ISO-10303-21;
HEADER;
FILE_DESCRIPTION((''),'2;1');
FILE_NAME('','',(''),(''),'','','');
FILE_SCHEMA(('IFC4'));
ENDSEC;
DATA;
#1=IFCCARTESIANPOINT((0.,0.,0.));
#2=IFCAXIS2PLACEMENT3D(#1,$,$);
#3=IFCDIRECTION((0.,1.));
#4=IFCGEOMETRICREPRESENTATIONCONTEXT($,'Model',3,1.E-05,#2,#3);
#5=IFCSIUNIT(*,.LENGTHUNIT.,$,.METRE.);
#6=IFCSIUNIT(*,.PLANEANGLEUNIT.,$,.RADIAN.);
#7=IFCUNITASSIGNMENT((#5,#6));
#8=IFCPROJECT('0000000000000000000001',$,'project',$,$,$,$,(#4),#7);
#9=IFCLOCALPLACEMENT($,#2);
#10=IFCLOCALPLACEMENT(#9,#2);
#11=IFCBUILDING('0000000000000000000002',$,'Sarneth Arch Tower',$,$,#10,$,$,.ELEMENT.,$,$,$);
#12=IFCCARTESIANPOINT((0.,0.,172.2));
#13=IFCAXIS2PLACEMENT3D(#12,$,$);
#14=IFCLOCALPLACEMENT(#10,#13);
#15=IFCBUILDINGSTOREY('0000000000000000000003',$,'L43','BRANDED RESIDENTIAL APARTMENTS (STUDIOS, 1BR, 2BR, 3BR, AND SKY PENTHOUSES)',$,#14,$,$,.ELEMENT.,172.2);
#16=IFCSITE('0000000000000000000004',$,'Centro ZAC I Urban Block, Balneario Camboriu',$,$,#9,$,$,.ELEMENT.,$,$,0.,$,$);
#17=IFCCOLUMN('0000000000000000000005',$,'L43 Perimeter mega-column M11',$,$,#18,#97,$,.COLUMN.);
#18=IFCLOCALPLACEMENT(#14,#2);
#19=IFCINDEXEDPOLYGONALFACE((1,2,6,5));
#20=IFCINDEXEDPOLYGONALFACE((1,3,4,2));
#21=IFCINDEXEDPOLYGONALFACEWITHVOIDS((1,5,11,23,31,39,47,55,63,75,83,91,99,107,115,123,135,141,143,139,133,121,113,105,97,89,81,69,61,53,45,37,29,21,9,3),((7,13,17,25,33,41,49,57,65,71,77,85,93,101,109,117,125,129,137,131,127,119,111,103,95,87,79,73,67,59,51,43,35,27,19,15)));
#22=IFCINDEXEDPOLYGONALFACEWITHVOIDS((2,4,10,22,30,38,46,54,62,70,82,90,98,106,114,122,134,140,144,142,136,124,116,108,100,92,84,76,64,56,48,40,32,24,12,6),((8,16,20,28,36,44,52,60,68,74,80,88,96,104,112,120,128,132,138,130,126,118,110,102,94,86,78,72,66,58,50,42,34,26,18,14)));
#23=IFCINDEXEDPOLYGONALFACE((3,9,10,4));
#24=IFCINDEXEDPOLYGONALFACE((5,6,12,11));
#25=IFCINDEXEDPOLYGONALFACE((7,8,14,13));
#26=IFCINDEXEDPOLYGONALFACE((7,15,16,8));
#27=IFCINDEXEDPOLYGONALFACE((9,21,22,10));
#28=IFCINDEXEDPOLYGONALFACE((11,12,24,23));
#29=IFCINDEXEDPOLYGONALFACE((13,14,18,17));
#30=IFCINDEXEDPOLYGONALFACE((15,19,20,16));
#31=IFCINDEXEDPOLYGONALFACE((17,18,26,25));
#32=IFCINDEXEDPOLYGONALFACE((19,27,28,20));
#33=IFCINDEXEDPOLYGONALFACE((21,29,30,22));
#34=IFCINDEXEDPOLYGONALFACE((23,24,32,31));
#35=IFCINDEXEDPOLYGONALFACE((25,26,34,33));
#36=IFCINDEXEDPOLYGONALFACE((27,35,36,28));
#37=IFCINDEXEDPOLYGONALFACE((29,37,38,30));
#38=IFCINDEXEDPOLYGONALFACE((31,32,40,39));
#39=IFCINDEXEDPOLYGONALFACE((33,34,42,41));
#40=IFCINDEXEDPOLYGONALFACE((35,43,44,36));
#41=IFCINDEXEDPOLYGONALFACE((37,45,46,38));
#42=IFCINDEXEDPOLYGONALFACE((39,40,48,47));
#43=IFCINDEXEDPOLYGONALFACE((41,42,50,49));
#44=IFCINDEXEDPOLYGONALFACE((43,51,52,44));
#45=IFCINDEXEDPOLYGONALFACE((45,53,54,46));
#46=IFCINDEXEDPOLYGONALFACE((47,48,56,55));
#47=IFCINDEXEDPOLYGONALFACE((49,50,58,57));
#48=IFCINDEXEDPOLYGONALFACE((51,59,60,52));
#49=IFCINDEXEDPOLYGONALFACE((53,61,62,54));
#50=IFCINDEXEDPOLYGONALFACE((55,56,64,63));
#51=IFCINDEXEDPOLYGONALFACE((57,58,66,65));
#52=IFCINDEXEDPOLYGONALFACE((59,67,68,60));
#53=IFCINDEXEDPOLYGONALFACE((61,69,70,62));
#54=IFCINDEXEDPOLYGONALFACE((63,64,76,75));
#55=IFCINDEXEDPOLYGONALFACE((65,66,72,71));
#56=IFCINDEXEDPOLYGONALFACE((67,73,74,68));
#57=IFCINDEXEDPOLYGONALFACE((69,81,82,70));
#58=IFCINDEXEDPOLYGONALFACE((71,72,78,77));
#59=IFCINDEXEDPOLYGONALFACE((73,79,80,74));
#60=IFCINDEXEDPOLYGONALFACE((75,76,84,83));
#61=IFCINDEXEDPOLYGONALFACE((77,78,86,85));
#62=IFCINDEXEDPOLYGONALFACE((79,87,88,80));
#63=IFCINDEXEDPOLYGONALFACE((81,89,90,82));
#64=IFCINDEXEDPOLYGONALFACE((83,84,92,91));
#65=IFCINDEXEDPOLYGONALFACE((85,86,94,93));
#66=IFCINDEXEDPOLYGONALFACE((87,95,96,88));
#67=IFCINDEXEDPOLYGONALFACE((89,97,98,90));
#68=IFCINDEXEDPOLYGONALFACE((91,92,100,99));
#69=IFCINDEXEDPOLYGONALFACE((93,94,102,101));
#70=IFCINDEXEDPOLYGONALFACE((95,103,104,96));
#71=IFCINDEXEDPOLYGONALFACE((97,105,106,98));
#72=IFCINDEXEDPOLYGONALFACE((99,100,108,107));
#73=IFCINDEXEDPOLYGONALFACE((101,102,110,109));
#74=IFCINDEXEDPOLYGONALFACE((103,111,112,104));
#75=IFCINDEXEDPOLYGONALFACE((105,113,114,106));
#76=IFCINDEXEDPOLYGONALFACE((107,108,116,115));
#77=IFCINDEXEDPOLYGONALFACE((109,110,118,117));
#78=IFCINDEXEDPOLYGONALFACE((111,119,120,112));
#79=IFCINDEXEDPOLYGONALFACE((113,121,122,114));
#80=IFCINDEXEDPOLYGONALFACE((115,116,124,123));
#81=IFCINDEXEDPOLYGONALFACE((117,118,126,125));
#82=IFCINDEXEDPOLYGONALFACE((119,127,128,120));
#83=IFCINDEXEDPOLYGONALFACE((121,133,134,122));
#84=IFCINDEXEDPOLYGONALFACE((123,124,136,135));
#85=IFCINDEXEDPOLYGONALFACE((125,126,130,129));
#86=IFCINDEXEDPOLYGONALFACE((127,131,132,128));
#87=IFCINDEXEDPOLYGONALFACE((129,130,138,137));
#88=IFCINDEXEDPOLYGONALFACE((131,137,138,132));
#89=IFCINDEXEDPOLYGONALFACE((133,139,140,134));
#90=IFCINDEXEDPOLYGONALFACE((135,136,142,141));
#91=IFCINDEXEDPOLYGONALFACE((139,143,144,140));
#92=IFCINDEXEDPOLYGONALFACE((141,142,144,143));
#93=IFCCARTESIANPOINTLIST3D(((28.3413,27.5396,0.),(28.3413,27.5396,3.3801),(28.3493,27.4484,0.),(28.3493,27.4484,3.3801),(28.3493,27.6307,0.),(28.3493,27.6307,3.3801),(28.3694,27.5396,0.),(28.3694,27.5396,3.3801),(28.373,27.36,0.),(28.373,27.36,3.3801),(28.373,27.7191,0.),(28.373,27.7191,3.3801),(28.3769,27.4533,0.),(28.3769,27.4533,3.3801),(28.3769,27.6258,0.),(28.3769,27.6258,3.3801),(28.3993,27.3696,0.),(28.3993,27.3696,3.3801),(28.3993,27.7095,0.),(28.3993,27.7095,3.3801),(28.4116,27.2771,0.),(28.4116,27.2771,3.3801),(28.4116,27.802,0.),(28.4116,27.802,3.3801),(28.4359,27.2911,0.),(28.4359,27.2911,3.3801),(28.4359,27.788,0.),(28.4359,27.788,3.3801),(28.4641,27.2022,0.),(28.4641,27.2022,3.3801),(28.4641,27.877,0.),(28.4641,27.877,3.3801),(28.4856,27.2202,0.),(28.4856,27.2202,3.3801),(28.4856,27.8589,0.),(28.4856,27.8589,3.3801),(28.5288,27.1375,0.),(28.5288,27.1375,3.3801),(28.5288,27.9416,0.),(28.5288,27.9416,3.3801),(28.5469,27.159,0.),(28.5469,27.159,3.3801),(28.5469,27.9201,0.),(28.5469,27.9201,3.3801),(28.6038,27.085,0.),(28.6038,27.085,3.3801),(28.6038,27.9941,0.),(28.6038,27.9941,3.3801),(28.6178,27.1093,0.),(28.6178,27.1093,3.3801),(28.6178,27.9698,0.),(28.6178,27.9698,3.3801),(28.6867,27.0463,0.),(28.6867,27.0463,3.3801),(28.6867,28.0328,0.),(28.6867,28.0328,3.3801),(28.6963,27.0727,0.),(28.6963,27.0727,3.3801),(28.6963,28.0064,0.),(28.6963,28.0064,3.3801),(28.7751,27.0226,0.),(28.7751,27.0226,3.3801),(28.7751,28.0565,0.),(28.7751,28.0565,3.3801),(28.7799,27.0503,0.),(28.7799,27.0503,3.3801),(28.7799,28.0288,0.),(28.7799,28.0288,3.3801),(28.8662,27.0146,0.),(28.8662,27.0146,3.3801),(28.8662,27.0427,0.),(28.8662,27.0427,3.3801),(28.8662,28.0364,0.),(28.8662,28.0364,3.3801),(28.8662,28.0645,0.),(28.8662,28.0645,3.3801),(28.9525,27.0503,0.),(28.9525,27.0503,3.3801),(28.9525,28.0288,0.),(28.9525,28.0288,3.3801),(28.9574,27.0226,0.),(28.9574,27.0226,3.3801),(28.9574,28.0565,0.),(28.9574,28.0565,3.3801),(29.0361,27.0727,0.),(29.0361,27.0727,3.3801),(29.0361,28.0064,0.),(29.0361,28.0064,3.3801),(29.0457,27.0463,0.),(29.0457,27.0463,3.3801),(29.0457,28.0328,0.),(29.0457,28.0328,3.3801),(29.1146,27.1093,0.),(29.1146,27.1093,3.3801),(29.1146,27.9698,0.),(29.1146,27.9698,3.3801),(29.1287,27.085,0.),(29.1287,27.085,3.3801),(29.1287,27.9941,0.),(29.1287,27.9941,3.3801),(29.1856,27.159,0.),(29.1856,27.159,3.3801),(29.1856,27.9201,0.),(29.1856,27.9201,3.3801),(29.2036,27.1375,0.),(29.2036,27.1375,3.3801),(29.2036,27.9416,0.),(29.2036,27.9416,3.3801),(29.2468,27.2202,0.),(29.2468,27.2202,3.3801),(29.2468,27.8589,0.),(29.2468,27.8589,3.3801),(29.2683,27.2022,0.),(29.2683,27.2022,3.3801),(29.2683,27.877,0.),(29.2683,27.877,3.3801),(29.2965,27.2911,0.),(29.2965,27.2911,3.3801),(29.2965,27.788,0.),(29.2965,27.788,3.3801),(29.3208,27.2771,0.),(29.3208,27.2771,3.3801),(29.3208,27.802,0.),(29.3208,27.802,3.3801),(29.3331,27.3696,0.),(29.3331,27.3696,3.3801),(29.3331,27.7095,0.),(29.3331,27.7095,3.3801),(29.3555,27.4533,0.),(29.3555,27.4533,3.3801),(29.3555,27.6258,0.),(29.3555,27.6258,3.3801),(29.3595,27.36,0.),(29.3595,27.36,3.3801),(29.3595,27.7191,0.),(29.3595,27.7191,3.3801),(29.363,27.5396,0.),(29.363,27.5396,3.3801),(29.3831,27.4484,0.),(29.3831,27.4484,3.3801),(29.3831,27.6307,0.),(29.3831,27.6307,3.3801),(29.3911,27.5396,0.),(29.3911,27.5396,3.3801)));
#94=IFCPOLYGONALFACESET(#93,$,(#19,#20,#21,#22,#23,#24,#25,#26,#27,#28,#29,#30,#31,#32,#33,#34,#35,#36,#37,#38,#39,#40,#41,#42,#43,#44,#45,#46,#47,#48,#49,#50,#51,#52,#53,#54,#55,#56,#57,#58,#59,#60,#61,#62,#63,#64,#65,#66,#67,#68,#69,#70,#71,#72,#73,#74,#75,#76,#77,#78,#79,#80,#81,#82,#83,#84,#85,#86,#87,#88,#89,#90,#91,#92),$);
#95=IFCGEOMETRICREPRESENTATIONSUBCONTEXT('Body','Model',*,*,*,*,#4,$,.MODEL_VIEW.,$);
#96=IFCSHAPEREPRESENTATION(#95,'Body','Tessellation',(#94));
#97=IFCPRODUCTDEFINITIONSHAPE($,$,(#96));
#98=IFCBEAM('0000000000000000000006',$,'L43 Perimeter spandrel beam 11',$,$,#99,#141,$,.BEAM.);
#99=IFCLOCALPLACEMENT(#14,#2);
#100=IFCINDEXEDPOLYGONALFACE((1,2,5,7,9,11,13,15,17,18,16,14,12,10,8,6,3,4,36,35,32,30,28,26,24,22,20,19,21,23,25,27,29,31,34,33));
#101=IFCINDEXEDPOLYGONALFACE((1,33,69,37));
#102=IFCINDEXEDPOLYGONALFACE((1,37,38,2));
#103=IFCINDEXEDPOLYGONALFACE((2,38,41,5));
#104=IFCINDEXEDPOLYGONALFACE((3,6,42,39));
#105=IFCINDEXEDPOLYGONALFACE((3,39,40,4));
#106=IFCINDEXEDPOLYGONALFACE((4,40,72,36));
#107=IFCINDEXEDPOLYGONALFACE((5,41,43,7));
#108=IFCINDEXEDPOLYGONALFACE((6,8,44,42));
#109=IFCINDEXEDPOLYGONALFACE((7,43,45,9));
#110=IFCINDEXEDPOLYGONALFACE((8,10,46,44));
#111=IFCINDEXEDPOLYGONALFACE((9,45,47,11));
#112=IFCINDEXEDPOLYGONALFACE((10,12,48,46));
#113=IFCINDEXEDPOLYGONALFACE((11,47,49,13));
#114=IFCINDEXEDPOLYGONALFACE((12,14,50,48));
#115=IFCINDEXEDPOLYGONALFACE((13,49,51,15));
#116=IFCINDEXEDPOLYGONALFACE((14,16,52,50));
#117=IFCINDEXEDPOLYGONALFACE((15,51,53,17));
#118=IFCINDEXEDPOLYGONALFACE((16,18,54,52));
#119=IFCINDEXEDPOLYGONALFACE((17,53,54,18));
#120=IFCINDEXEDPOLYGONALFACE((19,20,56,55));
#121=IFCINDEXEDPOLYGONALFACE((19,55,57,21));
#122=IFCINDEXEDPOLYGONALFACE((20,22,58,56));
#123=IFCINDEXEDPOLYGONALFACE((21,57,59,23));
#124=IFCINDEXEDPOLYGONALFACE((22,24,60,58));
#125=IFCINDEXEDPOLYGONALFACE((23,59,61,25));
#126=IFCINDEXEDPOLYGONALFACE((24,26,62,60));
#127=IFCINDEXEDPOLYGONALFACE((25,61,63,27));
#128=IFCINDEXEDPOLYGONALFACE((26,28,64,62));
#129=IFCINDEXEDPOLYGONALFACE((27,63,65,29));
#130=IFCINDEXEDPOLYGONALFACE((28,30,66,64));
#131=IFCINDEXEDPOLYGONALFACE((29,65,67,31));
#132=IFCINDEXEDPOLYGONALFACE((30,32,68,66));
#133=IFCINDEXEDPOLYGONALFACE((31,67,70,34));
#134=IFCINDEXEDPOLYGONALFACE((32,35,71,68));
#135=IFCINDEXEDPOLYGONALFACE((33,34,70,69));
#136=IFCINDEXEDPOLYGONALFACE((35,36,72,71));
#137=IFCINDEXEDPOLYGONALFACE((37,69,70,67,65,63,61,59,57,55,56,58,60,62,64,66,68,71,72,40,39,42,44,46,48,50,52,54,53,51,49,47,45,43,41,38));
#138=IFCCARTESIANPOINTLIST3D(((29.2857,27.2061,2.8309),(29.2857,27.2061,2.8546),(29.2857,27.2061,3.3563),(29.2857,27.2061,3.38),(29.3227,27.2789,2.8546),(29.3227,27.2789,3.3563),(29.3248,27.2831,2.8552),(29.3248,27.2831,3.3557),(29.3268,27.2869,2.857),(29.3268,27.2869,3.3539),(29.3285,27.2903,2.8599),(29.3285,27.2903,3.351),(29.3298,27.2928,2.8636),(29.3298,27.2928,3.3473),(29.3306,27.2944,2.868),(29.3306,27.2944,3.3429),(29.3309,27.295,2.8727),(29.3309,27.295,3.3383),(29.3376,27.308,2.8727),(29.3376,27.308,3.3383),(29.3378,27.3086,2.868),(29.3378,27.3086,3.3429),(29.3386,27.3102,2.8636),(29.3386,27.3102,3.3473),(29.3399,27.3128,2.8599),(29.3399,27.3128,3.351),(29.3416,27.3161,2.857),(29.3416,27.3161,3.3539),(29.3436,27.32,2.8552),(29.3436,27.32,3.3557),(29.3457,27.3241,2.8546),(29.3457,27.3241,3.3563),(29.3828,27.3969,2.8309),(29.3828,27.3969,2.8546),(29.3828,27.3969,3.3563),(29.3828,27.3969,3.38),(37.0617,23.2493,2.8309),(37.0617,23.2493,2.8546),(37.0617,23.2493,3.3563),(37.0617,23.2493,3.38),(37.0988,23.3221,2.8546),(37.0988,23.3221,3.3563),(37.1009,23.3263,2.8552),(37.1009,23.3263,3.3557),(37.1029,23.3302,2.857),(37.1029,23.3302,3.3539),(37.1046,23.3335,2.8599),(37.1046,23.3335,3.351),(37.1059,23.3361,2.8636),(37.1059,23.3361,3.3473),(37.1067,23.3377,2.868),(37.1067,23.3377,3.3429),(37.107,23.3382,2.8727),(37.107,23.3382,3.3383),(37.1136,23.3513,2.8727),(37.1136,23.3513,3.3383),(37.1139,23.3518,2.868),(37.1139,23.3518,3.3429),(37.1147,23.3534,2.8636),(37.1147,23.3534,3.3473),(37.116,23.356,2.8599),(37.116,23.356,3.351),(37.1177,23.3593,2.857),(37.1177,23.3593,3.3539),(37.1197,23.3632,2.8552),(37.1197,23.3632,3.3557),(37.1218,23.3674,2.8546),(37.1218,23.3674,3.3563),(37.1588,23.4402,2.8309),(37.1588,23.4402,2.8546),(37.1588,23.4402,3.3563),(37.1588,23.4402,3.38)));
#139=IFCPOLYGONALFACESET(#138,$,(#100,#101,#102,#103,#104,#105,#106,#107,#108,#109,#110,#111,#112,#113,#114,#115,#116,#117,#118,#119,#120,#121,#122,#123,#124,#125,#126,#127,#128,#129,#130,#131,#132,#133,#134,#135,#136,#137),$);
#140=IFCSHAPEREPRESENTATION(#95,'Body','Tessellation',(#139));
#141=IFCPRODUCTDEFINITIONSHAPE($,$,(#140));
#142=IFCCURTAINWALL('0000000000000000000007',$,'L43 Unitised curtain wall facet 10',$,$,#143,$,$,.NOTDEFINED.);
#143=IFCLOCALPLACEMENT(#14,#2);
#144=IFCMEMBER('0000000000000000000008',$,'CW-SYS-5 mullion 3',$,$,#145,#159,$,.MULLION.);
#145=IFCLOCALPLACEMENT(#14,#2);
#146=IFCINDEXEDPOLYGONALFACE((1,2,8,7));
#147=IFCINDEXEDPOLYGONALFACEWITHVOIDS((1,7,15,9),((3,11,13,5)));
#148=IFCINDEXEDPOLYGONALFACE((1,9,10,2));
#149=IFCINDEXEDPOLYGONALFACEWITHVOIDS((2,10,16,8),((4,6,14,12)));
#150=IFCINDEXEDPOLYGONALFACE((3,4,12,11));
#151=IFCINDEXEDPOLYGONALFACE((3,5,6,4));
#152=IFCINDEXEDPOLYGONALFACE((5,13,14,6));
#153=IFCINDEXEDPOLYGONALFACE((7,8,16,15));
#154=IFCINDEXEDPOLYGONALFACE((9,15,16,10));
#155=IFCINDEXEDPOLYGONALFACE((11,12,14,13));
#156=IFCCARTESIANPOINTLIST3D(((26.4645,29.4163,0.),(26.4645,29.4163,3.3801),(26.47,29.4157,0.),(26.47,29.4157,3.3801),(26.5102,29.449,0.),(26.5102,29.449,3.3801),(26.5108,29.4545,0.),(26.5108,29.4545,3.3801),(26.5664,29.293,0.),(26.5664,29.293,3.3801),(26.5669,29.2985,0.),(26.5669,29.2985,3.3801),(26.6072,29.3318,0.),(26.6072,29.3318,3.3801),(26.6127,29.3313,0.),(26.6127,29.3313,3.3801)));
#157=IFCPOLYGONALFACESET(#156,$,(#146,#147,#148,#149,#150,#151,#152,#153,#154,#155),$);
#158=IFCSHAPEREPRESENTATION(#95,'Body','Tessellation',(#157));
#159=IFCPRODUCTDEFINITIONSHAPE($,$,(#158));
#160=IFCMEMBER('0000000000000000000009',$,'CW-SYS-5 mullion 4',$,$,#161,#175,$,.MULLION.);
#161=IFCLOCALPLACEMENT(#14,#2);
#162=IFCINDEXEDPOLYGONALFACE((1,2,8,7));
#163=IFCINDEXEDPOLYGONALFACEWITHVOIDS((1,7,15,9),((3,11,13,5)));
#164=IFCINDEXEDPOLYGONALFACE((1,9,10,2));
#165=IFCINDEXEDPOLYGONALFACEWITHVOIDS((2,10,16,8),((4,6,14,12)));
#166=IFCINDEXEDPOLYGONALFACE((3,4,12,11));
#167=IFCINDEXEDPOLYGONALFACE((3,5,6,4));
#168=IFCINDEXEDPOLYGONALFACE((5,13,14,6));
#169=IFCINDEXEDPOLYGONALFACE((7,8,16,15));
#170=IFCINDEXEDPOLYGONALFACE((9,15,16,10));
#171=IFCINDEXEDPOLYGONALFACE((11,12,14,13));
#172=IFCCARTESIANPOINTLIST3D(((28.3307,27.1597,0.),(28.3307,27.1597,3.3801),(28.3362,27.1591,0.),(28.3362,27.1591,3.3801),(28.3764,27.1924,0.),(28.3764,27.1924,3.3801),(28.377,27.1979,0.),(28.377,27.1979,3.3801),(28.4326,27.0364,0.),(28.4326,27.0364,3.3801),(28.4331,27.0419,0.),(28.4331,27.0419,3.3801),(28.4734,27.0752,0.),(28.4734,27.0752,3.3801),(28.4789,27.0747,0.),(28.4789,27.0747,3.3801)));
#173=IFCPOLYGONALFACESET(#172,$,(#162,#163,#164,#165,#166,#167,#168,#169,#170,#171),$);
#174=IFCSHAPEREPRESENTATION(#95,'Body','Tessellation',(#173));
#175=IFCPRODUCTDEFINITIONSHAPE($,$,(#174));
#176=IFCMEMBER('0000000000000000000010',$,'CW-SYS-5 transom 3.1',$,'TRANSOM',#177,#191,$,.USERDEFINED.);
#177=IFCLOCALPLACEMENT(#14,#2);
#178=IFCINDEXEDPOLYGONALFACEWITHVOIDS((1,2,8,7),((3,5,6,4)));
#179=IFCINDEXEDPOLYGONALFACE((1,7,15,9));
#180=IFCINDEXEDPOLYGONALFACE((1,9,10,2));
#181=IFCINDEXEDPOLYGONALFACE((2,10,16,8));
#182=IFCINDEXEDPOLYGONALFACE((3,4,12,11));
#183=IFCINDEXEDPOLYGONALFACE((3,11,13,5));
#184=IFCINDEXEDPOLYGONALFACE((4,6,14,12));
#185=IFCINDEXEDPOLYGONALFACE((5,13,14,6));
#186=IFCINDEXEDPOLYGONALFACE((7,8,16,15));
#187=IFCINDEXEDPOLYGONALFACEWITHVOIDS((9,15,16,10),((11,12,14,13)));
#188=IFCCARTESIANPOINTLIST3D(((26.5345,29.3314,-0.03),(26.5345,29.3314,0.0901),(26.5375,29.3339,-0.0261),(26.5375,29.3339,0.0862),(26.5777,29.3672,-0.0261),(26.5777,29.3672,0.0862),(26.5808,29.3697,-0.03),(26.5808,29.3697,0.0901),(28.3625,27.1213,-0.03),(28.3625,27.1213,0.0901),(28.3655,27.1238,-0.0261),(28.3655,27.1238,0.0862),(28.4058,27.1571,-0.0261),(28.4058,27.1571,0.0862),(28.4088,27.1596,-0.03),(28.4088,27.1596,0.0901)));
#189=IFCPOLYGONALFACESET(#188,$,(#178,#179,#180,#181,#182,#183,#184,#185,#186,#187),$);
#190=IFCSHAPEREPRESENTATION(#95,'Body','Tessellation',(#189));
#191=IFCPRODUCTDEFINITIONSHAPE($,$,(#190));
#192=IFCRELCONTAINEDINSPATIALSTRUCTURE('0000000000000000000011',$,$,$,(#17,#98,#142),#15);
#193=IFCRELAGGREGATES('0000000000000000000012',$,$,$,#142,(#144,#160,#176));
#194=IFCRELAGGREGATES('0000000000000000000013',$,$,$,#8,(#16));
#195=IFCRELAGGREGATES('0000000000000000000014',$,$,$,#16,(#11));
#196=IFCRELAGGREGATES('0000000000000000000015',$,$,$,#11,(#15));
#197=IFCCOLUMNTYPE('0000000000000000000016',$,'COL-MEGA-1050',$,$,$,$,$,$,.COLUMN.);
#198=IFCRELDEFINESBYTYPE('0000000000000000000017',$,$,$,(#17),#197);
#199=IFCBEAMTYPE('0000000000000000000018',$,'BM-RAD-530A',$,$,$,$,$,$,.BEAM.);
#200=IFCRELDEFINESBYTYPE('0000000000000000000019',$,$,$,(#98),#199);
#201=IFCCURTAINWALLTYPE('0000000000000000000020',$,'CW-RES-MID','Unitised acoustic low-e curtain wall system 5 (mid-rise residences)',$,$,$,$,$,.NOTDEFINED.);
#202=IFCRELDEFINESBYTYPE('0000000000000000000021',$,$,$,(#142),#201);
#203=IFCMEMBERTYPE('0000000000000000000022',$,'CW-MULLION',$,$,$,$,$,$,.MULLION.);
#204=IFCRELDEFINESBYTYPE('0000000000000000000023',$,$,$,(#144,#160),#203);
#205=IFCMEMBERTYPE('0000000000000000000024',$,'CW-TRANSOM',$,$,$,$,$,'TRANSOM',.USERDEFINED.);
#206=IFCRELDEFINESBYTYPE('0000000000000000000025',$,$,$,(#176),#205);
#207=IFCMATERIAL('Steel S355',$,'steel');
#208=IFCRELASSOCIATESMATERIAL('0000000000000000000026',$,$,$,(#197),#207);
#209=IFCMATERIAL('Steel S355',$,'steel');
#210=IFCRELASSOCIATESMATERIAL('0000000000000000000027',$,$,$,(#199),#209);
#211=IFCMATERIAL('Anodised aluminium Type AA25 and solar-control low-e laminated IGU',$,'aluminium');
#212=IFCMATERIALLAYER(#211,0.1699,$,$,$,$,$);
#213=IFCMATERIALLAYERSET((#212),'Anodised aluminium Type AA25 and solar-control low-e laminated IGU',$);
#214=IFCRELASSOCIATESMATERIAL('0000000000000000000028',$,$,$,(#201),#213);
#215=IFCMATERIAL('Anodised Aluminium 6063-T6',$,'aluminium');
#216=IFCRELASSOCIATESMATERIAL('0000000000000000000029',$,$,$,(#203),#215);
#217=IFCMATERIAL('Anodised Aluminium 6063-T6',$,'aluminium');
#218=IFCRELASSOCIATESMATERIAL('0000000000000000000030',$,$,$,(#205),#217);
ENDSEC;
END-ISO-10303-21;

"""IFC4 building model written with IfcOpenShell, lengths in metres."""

from ifc_helpers import new_model, si_unit, direction, frame, origin, origin_2d, place, context, subcontext, project, spatial, hollow_rectangle, hollow_circle, i_section, extrude, material, layer, layer_set, material_profile, profile_set, type_object, element, aggregate, save


model = new_model("IFC4")

# Units and contexts
model_context = context("Model", 3, precision=1e-05, world=origin(), true_north=direction((0.0, 1.0)))
body_context = subcontext(model_context, "Body", "Model", "MODEL_VIEW")
ifc_project = project(units=[si_unit("LENGTHUNIT", "METRE"), si_unit("PLANEANGLEUNIT", "RADIAN")], contexts=[model_context])

# Site, building, storey
site_placement = place(None, origin())
site = spatial("IfcSite", under=ifc_project, at=site_placement, Name="Centro ZAC I Urban Block, Balneario Camboriu", CompositionType="ELEMENT", RefElevation=0.0)
building_placement = place(site_placement, origin())
building = spatial("IfcBuilding", under=site, at=building_placement, Name="Sarneth Arch Tower", CompositionType="ELEMENT")
storey_placement = place(building_placement, frame((0.0, 0.0, 172.2)))
storey = spatial("IfcBuildingStorey", under=building, at=storey_placement, Name="L43", Description="BRANDED RESIDENTIAL APARTMENTS (STUDIOS, 1BR, 2BR, 3BR, AND SKY PENTHOUSES)", CompositionType="ELEMENT", Elevation=172.2)

# Column
ifc_material_1 = material(Name="Steel S355", Category="steel")
ifc_material_profile_1 = material_profile(ifc_material_1, hollow_circle(Radius=0.5249, WallThickness=0.0281, at=origin_2d()), Name="CHS1050x28")
ifc_profile_set_1 = profile_set([ifc_material_profile_1], Name="Steel S355")
column_type = type_object("IfcColumnType", Name="COL-MEGA-1050", PredefinedType="COLUMN", material=ifc_profile_set_1)
column_placement = place(storey_placement, frame((28.8662, 27.5396, 0.0), z_axis=(0.0, 0.0, 1.0), x_axis=(1.0, 0.0, 0.0)))
element("IfcColumn", 1, at=column_placement, inside=storey, type_object=column_type, Name="L43 Perimeter mega-column M11", PredefinedType="COLUMN", context=body_context, shape_type="SweptSolid", body=[
    extrude(hollow_circle(Radius=0.5249, WallThickness=0.0281, at=origin_2d()), origin(), (0.0, 0.0, 1.0), 3.3801),
])

# Beam
ifc_material_2 = material(Name="Steel S355", Category="steel")
ifc_material_profile_2 = material_profile(ifc_material_2, i_section(OverallWidth=0.2141, OverallDepth=0.5491, WebThickness=0.0146, FlangeThickness=0.0237, FilletRadius=0.0181, at=origin_2d()), Name="W530x138")
ifc_profile_set_2 = profile_set([ifc_material_profile_2], Name="Steel S355")
beam_type = type_object("IfcBeamType", Name="BM-RAD-530A", PredefinedType="BEAM", material=ifc_profile_set_2)
beam_placement = place(storey_placement, frame((29.3342, 27.3015, 3.1055), z_axis=(0.891254, -0.453504, 0.0), x_axis=(0.453504, 0.891254, 0.0)))
element("IfcBeam", 2, at=beam_placement, inside=storey, type_object=beam_type, Name="L43 Perimeter spandrel beam 11", PredefinedType="BEAM", context=body_context, shape_type="SweptSolid", body=[
    extrude(i_section(OverallWidth=0.2141, OverallDepth=0.5491, WebThickness=0.0146, FlangeThickness=0.0237, FilletRadius=0.0181, at=origin_2d()), origin(), (0.0, 0.0, 1.0), 8.7249),
])

# Curtain wall, members
ifc_material_3 = material(Name="Anodised aluminium Type AA25 and solar-control low-e laminated IGU", Category="aluminium")
ifc_layer_1 = layer(ifc_material_3, 0.1699)
ifc_layer_set_1 = layer_set([ifc_layer_1], Name="Anodised aluminium Type AA25 and solar-control low-e laminated IGU")
curtain_wall_type = type_object("IfcCurtainWallType", Name="CW-RES-MID", Description="Unitised acoustic low-e curtain wall system 5 (mid-rise residences)", PredefinedType="NOTDEFINED", material=ifc_layer_set_1)
curtain_wall_placement = place(storey_placement, origin())
curtain_wall = element("IfcCurtainWall", 3, at=curtain_wall_placement, inside=storey, type_object=curtain_wall_type, Name="L43 Unitised curtain wall facet 10", PredefinedType="NOTDEFINED")
ifc_material_4 = material(Name="Anodised Aluminium 6063-T6", Category="aluminium")
ifc_material_profile_3 = material_profile(ifc_material_4, hollow_rectangle(XDim=0.0601, YDim=0.1599, WallThickness=0.0039, at=origin_2d()), Name="AL-MULL-160x60x4")
ifc_profile_set_3 = profile_set([ifc_material_profile_3], Name="Anodised Aluminium 6063-T6")
member_type_1 = type_object("IfcMemberType", Name="CW-MULLION", PredefinedType="MULLION", material=ifc_profile_set_3)
member_1_placement = place(storey_placement, frame((26.5386, 29.3738, 0.0), z_axis=(0.0, 0.0, 1.0), x_axis=(0.770591, 0.63733, 0.0)))
member_1 = element("IfcMember", 4, at=member_1_placement, type_object=member_type_1, Name="CW-SYS-5 mullion 3", PredefinedType="MULLION", context=body_context, shape_type="SweptSolid", body=[
    extrude(hollow_rectangle(XDim=0.0601, YDim=0.1599, WallThickness=0.0039, at=origin_2d()), origin(), (0.0, 0.0, 1.0), 3.3801),
])
member_2_placement = place(storey_placement, frame((28.4048, 27.1172, 0.0), z_axis=(0.0, 0.0, 1.0), x_axis=(0.770591, 0.63733, 0.0)))
member_2 = element("IfcMember", 5, at=member_2_placement, type_object=member_type_1, Name="CW-SYS-5 mullion 4", PredefinedType="MULLION", context=body_context, shape_type="SweptSolid", body=[
    extrude(hollow_rectangle(XDim=0.0601, YDim=0.1599, WallThickness=0.0039, at=origin_2d()), origin(), (0.0, 0.0, 1.0), 3.3801),
])
ifc_material_5 = material(Name="Anodised Aluminium 6063-T6", Category="aluminium")
ifc_material_profile_4 = material_profile(ifc_material_5, hollow_rectangle(XDim=0.0601, YDim=0.1201, WallThickness=0.0039, at=origin_2d()), Name="AL-TRAN-120x60x4")
ifc_profile_set_4 = profile_set([ifc_material_profile_4], Name="Anodised Aluminium 6063-T6")
member_type_2 = type_object("IfcMemberType", Name="CW-TRANSOM", ElementType="TRANSOM", PredefinedType="USERDEFINED", material=ifc_profile_set_4)
member_3_placement = place(storey_placement, frame((26.5576, 29.3506, 0.03), z_axis=(0.637359, -0.770567, 0.0), x_axis=(0.770567, 0.637359, 0.0)))
member_3 = element("IfcMember", 6, at=member_3_placement, type_object=member_type_2, Name="CW-SYS-5 transom 3.1", ObjectType="TRANSOM", PredefinedType="USERDEFINED", context=body_context, shape_type="SweptSolid", body=[
    extrude(hollow_rectangle(XDim=0.0601, YDim=0.1201, WallThickness=0.0039, at=origin_2d()), origin(), (0.0, 0.0, 1.0), 2.8682),
])

aggregate(curtain_wall, [member_1, member_2, member_3])

save(model, "model.ifc")
